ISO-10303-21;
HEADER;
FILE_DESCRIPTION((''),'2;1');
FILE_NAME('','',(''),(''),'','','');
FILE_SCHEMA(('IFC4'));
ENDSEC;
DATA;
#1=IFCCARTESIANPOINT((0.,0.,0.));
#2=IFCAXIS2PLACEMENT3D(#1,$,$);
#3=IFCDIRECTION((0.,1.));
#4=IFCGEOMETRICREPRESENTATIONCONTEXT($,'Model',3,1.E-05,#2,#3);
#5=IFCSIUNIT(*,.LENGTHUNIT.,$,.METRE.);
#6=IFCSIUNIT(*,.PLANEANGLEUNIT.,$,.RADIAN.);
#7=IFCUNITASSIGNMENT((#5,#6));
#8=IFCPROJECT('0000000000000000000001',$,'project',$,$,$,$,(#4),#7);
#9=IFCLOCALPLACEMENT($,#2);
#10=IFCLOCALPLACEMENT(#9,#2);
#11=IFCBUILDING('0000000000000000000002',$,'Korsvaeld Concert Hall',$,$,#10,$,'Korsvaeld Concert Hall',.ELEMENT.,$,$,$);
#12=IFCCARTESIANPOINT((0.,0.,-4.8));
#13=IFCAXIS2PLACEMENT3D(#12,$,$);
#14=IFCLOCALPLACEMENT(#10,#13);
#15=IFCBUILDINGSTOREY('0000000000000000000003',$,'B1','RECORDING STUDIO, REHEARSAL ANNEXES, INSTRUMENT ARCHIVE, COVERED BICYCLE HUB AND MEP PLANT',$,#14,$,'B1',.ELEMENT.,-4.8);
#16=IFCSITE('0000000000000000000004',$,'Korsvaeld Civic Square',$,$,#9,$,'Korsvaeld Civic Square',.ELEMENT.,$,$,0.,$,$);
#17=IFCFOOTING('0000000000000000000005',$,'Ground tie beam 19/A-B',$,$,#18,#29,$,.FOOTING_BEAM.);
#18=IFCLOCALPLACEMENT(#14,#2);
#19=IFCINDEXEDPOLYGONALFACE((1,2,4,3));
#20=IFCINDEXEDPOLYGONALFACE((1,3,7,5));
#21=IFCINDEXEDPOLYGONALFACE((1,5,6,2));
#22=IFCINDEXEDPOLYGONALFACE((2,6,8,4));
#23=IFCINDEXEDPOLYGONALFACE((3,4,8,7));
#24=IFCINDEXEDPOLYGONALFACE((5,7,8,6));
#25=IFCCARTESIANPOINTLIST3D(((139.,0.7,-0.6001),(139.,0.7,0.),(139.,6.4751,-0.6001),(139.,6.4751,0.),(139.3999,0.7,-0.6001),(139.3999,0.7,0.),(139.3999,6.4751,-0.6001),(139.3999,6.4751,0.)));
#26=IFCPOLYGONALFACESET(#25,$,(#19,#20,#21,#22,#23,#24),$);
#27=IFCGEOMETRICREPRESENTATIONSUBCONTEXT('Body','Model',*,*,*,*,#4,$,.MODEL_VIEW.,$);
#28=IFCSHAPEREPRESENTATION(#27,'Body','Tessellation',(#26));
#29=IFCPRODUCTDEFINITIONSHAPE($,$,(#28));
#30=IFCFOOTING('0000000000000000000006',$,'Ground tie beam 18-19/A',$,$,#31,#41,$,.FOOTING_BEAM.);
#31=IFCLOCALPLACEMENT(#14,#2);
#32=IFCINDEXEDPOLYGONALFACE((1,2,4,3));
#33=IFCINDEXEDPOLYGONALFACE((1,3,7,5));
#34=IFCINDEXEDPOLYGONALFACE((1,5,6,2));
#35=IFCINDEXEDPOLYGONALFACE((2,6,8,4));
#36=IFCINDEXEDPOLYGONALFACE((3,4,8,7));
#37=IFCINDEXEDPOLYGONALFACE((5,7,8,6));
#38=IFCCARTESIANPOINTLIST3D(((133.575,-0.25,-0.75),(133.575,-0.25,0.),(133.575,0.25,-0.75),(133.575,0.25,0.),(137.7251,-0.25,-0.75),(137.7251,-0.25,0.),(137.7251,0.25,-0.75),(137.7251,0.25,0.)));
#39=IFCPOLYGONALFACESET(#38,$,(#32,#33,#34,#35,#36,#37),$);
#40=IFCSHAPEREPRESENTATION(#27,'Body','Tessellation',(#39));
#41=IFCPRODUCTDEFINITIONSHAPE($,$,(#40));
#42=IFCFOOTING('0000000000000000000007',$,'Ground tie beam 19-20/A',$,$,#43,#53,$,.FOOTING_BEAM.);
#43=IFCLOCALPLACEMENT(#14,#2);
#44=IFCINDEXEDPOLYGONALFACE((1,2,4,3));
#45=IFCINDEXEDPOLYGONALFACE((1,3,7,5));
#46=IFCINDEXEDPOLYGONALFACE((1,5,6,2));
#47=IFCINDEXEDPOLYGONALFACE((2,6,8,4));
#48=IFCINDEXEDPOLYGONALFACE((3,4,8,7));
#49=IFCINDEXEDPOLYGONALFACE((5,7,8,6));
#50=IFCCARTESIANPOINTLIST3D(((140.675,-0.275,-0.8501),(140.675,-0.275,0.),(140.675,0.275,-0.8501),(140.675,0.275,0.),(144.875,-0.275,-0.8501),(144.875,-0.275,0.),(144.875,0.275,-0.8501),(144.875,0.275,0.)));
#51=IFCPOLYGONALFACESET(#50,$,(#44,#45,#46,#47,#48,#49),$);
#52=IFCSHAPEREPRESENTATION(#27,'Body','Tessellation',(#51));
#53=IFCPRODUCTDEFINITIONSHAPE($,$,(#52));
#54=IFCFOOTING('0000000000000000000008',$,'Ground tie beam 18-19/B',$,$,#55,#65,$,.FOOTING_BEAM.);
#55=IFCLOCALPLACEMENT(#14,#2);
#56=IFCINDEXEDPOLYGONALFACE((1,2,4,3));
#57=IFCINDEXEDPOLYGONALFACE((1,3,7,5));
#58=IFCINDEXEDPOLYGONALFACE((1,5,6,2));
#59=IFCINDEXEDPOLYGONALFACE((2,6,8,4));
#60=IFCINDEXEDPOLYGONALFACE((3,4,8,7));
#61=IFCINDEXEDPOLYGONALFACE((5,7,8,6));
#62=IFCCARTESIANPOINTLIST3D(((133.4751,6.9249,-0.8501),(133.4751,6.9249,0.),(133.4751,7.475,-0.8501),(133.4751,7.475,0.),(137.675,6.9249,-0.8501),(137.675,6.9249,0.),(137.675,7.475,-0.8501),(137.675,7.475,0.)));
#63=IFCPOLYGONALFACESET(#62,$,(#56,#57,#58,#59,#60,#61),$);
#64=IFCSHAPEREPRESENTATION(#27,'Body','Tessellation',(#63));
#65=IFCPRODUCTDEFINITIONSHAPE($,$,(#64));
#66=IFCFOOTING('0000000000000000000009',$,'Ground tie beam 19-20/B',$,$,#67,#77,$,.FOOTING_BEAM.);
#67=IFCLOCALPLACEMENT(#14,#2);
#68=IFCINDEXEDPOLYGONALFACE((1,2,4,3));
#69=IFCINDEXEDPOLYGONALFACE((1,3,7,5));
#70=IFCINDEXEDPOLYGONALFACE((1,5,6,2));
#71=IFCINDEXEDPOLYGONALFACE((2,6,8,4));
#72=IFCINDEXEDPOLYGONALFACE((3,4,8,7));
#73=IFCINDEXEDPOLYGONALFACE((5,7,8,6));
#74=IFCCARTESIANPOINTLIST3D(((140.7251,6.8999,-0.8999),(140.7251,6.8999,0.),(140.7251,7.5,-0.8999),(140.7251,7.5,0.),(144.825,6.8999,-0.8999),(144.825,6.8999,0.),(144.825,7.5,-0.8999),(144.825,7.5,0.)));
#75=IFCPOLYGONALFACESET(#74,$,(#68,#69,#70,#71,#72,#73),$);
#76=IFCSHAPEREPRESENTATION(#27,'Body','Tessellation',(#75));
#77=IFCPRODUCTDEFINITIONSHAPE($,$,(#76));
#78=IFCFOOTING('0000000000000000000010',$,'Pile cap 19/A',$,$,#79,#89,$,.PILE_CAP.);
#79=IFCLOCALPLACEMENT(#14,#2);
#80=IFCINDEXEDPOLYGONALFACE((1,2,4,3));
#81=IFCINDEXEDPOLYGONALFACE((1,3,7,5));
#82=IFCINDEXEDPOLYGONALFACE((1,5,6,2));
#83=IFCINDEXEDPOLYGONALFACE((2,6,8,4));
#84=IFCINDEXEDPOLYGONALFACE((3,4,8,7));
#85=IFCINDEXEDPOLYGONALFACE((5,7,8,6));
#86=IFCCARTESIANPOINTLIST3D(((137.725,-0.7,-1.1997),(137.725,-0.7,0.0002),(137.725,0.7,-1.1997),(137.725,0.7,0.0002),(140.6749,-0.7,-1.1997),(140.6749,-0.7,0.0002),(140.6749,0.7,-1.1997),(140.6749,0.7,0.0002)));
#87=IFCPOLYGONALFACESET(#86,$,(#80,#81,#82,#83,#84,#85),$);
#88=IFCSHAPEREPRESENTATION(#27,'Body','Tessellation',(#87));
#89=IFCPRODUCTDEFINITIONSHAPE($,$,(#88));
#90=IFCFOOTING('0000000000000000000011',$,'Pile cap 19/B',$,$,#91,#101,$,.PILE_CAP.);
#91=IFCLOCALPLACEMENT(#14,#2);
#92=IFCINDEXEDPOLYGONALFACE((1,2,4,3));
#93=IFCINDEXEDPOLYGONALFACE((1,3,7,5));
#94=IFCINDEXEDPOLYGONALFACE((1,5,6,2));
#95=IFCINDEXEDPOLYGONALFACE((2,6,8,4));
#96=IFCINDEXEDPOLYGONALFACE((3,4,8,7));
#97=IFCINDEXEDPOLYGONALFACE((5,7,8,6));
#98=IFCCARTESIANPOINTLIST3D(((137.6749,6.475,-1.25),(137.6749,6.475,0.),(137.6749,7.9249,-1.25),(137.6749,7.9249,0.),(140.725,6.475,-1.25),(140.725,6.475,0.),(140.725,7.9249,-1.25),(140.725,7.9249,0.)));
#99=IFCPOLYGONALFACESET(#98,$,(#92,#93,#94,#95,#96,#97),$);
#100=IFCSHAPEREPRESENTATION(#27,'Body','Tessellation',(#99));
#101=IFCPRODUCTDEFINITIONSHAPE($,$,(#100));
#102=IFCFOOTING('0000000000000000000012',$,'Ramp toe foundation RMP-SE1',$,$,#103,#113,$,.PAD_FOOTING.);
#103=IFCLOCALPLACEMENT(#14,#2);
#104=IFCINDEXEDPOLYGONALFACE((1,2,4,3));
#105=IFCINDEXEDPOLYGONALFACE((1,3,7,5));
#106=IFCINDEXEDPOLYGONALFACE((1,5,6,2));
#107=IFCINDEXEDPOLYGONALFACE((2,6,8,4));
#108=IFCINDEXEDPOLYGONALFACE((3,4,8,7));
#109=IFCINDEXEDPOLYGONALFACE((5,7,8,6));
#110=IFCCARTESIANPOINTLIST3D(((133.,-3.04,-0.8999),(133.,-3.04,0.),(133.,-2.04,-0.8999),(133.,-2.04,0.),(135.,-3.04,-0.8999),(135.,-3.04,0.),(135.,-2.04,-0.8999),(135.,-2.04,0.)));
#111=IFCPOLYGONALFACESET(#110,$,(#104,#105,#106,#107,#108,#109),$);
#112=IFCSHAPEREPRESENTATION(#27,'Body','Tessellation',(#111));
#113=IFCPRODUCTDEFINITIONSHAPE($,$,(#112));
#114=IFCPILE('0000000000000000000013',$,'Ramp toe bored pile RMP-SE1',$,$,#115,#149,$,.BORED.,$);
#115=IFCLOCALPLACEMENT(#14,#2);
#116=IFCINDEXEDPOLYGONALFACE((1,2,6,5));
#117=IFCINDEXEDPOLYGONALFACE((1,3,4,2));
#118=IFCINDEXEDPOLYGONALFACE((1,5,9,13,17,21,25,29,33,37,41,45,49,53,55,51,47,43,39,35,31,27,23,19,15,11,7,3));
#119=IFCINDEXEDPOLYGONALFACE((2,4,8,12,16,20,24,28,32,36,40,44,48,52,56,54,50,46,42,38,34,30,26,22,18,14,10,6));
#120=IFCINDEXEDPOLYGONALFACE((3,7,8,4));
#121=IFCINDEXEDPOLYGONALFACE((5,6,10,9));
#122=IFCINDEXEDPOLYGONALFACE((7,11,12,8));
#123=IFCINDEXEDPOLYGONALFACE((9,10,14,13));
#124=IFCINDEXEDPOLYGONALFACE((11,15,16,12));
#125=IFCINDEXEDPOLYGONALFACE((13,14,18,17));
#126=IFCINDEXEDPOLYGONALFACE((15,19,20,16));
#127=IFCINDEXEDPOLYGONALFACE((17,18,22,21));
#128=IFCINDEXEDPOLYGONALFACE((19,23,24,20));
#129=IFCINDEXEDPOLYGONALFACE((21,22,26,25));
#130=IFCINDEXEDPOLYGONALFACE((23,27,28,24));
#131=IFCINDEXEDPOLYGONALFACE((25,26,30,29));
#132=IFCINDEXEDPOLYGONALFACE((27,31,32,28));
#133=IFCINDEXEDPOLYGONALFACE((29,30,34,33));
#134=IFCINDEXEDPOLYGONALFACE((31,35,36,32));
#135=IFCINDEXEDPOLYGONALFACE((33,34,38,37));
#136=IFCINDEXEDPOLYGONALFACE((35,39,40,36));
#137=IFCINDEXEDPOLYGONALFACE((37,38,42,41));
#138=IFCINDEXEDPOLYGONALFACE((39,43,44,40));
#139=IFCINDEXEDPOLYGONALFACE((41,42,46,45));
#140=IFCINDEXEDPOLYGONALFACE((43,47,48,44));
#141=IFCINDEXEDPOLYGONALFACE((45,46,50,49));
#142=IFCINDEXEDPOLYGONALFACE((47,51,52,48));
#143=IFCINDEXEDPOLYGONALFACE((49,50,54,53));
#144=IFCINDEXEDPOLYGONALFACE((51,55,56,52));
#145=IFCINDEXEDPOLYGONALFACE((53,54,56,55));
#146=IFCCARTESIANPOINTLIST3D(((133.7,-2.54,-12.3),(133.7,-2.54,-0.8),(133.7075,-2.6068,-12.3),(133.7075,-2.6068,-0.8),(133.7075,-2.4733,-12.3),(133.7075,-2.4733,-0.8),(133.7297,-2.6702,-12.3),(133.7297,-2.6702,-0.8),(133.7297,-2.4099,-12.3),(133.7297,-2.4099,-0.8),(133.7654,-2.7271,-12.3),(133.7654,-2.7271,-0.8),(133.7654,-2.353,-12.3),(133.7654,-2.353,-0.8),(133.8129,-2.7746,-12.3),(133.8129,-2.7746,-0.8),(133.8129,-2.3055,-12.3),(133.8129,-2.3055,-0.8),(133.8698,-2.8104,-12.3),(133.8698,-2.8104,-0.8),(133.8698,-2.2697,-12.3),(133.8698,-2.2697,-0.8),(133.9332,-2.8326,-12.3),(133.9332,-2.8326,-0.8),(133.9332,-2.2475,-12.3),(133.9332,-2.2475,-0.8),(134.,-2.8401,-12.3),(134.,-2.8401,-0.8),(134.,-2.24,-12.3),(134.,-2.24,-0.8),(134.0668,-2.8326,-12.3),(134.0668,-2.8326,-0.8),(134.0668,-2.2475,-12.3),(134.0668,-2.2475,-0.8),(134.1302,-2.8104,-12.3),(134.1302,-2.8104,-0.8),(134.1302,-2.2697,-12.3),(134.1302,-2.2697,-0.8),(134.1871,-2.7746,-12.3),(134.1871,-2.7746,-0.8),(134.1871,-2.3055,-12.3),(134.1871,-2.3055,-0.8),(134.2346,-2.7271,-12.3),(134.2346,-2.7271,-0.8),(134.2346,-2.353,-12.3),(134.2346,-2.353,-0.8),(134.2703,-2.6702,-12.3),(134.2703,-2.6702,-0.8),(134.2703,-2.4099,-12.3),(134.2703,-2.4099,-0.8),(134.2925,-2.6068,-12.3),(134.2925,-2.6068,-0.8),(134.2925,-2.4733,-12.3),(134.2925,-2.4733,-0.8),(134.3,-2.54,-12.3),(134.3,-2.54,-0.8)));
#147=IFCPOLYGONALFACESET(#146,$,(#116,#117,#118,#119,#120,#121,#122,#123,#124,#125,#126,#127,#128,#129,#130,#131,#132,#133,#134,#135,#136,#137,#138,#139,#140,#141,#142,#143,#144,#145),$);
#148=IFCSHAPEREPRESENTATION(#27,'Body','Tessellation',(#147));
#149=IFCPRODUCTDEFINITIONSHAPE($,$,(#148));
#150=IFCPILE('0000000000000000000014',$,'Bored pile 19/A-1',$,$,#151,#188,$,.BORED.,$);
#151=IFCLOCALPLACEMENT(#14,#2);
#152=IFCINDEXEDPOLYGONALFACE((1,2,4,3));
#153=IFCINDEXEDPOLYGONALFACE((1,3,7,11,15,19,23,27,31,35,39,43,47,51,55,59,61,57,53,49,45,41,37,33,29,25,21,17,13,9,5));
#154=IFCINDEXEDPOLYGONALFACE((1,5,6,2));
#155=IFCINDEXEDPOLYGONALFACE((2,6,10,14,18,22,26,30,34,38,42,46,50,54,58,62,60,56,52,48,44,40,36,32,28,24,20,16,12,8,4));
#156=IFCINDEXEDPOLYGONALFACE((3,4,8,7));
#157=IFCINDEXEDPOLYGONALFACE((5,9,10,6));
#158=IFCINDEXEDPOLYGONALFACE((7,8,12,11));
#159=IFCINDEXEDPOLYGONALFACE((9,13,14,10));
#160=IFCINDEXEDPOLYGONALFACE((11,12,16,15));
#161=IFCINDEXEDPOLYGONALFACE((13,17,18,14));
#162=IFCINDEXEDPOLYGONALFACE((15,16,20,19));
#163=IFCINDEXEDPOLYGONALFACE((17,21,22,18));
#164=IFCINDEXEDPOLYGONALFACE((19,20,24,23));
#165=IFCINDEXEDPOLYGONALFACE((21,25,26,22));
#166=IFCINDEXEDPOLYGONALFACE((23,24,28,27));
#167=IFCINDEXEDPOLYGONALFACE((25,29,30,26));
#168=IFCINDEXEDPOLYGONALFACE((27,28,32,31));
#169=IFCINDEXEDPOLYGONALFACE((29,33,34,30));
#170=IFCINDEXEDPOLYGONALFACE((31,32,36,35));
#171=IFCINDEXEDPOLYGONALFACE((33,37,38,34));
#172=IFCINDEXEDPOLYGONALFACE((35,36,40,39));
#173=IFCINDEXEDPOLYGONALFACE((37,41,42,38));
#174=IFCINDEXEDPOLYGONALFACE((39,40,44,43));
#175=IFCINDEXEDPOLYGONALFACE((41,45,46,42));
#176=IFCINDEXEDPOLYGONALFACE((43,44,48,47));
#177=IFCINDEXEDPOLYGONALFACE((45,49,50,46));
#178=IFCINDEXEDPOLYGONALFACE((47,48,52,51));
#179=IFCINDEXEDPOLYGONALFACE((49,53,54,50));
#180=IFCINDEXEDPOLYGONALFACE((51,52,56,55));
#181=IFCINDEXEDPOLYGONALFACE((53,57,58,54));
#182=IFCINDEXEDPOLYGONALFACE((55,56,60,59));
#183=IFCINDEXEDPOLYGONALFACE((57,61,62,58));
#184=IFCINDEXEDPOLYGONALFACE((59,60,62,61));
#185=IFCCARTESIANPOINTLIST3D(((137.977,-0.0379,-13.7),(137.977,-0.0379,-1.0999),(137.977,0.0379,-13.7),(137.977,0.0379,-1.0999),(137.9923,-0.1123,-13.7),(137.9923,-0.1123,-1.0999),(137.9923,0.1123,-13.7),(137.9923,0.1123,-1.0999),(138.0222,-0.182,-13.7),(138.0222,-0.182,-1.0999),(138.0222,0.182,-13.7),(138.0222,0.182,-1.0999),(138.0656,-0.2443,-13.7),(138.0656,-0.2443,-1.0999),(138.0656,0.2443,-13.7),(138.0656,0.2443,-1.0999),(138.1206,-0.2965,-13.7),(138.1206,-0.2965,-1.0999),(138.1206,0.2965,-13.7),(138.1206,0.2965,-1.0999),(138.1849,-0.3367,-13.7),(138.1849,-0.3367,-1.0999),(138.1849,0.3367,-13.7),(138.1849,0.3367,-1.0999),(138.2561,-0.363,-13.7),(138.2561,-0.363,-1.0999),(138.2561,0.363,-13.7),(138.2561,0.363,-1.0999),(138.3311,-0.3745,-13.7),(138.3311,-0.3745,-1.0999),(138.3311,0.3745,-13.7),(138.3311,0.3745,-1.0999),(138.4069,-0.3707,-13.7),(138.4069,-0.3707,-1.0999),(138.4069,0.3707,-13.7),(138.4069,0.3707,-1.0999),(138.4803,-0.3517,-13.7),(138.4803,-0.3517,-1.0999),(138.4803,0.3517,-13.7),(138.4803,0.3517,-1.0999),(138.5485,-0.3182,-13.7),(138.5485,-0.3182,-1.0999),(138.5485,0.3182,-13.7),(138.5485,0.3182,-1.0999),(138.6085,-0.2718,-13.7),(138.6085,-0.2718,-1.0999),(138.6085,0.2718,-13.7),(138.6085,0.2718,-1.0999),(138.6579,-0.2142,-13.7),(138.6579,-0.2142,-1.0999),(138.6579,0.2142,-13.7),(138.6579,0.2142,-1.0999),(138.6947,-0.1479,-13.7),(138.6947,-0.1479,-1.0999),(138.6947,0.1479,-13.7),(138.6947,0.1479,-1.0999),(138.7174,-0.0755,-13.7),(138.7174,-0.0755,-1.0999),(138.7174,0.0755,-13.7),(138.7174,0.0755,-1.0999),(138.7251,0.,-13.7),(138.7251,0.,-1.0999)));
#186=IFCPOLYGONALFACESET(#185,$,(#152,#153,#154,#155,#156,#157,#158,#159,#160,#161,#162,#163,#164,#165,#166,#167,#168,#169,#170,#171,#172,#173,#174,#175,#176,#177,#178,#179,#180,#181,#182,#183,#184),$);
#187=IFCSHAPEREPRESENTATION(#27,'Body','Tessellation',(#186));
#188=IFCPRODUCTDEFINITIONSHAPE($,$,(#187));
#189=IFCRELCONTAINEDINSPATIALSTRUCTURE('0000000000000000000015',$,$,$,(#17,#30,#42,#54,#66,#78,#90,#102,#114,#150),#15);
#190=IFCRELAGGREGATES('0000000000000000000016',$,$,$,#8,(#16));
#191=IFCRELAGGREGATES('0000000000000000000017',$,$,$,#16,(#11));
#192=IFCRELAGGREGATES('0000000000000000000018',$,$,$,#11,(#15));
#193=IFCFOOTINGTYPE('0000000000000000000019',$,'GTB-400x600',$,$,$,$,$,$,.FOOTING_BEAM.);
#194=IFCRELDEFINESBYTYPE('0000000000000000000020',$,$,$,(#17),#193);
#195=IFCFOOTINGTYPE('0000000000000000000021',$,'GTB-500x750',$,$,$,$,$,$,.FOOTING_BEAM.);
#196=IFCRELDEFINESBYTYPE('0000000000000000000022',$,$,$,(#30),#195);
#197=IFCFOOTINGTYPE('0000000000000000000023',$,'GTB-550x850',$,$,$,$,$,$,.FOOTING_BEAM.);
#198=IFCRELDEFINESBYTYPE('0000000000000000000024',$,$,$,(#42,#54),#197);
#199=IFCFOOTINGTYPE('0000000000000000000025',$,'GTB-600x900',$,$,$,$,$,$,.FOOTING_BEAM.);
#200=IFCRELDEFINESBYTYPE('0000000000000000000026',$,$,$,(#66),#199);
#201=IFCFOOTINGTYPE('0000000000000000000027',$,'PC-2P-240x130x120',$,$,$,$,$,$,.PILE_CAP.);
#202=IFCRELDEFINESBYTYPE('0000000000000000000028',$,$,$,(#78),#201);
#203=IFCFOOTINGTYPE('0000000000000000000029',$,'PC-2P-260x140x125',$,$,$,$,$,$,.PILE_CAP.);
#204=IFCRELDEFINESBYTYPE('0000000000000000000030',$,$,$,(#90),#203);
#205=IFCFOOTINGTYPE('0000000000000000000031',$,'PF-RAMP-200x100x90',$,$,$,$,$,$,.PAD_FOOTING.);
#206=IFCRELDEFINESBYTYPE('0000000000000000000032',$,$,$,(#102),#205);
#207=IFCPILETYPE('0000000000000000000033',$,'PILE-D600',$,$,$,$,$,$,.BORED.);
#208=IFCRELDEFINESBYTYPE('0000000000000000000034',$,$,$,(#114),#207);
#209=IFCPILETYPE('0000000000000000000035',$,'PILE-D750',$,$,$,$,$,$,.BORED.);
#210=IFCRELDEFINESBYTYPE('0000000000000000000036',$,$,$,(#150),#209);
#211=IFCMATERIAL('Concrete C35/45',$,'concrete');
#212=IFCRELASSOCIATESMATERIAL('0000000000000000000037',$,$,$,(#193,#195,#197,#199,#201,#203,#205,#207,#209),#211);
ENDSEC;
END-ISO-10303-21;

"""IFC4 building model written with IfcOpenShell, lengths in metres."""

from ifc_helpers import new_model, si_unit, direction, frame, origin, origin_2d, place, context, subcontext, project, spatial, rectangle, circle, extrude, material, material_profile, profile_set, type_object, element, save


model = new_model("IFC4")

# Units and contexts
model_context = context("Model", 3, precision=1e-05, world=origin(), true_north=direction((0.0, 1.0)))
body_context = subcontext(model_context, "Body", "Model", "MODEL_VIEW")
ifc_project = project(units=[si_unit("LENGTHUNIT", "METRE"), si_unit("PLANEANGLEUNIT", "RADIAN")], contexts=[model_context])

# Site, building, storey
site_placement = place(None, origin())
site = spatial("IfcSite", under=ifc_project, at=site_placement, Name="Korsvaeld Civic Square", LongName="Korsvaeld Civic Square", CompositionType="ELEMENT", RefElevation=0.0)
building_placement = place(site_placement, origin())
building = spatial("IfcBuilding", under=site, at=building_placement, Name="Korsvaeld Concert Hall", LongName="Korsvaeld Concert Hall", CompositionType="ELEMENT")
storey_placement = place(building_placement, frame((0.0, 0.0, -4.8)))
storey = spatial("IfcBuildingStorey", under=building, at=storey_placement, Name="B1", Description="RECORDING STUDIO, REHEARSAL ANNEXES, INSTRUMENT ARCHIVE, COVERED BICYCLE HUB AND MEP PLANT", LongName="B1", CompositionType="ELEMENT", Elevation=-4.8)

# Footings
ifc_material_1 = material(Name="Concrete C35/45", Category="concrete")
ifc_material_profile_1 = material_profile(ifc_material_1, rectangle(XDim=0.3999, YDim=0.6001, at=origin_2d()), Name="GTB 400x600")
ifc_profile_set_1 = profile_set([ifc_material_profile_1], Name="Concrete C35/45")
footing_type_1 = type_object("IfcFootingType", Name="GTB-400x600", PredefinedType="FOOTING_BEAM", material=ifc_profile_set_1)
footing_1_placement = place(storey_placement, frame((139.2, 0.7, -0.3), z_axis=(0.0, 1.0, 0.0), x_axis=(-1.0, 0.0, 0.0)))
element("IfcFooting", 1, at=footing_1_placement, inside=storey, type_object=footing_type_1, Name="Ground tie beam 19/A-B", PredefinedType="FOOTING_BEAM", context=body_context, shape_type="SweptSolid", body=[
    extrude(rectangle(XDim=0.3999, YDim=0.6001, at=origin_2d()), origin(), (0.0, 0.0, 1.0), 5.7751),
])
ifc_material_profile_2 = material_profile(ifc_material_1, rectangle(XDim=0.5, YDim=0.75, at=origin_2d()), Name="GTB 500x750")
ifc_profile_set_2 = profile_set([ifc_material_profile_2], Name="Concrete C35/45")
footing_type_2 = type_object("IfcFootingType", Name="GTB-500x750", PredefinedType="FOOTING_BEAM", material=ifc_profile_set_2)
footing_2_placement = place(storey_placement, frame((133.575, 0.0, -0.375), z_axis=(1.0, 0.0, 0.0), x_axis=(0.0, 1.0, 0.0)))
element("IfcFooting", 2, at=footing_2_placement, inside=storey, type_object=footing_type_2, Name="Ground tie beam 18-19/A", PredefinedType="FOOTING_BEAM", context=body_context, shape_type="SweptSolid", body=[
    extrude(rectangle(XDim=0.5, YDim=0.75, at=origin_2d()), origin(), (0.0, 0.0, 1.0), 4.1501),
])
ifc_material_profile_3 = material_profile(ifc_material_1, rectangle(XDim=0.55, YDim=0.8501, at=origin_2d()), Name="GTB 550x850")
ifc_profile_set_3 = profile_set([ifc_material_profile_3], Name="Concrete C35/45")
footing_type_3 = type_object("IfcFootingType", Name="GTB-550x850", PredefinedType="FOOTING_BEAM", material=ifc_profile_set_3)
for number, where, z_axis, x_axis, name in (
    (3, (140.675, 0.0, -0.425), (1.0, 0.0, 0.0), (0.0, 1.0, 0.0), "Ground tie beam 19-20/A"),
    (4, (133.4751, 7.2, -0.425), (1.0, 0.0, 0.0), (0.0, 1.0, 0.0), "Ground tie beam 18-19/B"),
):
    element("IfcFooting", number, at=place(storey_placement, frame(where, z_axis=z_axis, x_axis=x_axis)), inside=storey, type_object=footing_type_3, Name=name, PredefinedType="FOOTING_BEAM", context=body_context, shape_type="SweptSolid", body=[
        extrude(rectangle(XDim=0.55, YDim=0.8501, at=origin_2d()), origin(), (0.0, 0.0, 1.0), 4.2),
    ])
ifc_material_profile_4 = material_profile(ifc_material_1, rectangle(XDim=0.6001, YDim=0.8999, at=origin_2d()), Name="GTB 600x900")
ifc_profile_set_4 = profile_set([ifc_material_profile_4], Name="Concrete C35/45")
footing_type_4 = type_object("IfcFootingType", Name="GTB-600x900", PredefinedType="FOOTING_BEAM", material=ifc_profile_set_4)
footing_3_placement = place(storey_placement, frame((140.7251, 7.2, -0.45), z_axis=(1.0, 0.0, 0.0), x_axis=(0.0, 1.0, 0.0)))
element("IfcFooting", 5, at=footing_3_placement, inside=storey, type_object=footing_type_4, Name="Ground tie beam 19-20/B", PredefinedType="FOOTING_BEAM", context=body_context, shape_type="SweptSolid", body=[
    extrude(rectangle(XDim=0.6001, YDim=0.8999, at=origin_2d()), origin(), (0.0, 0.0, 1.0), 4.0999),
])
footing_type_5 = type_object("IfcFootingType", Name="PC-2P-240x130x120", PredefinedType="PILE_CAP", material=ifc_material_1)
footing_4_placement = place(storey_placement, frame((139.2, 0.0, -1.1997), z_axis=(0.0, 0.0, 1.0), x_axis=(1.0, 0.0, 0.0)))
element("IfcFooting", 6, at=footing_4_placement, inside=storey, type_object=footing_type_5, Name="Pile cap 19/A", PredefinedType="PILE_CAP", context=body_context, shape_type="SweptSolid", body=[
    extrude(rectangle(XDim=2.95, YDim=1.3999, at=origin_2d()), origin(), (0.0, 0.0, 1.0), 1.2),
])
footing_type_6 = type_object("IfcFootingType", Name="PC-2P-260x140x125", PredefinedType="PILE_CAP", material=ifc_material_1)
footing_5_placement = place(storey_placement, frame((139.2, 7.2, -1.25), z_axis=(0.0, 0.0, 1.0), x_axis=(1.0, 0.0, 0.0)))
element("IfcFooting", 7, at=footing_5_placement, inside=storey, type_object=footing_type_6, Name="Pile cap 19/B", PredefinedType="PILE_CAP", context=body_context, shape_type="SweptSolid", body=[
    extrude(rectangle(XDim=3.05, YDim=1.45, at=origin_2d()), origin(), (0.0, 0.0, 1.0), 1.25),
])
footing_type_7 = type_object("IfcFootingType", Name="PF-RAMP-200x100x90", PredefinedType="PAD_FOOTING", material=ifc_material_1)
footing_6_placement = place(storey_placement, frame((134.0, -2.54, -0.8999), z_axis=(0.0, 0.0, 1.0), x_axis=(1.0, 0.0, 0.0)))
element("IfcFooting", 8, at=footing_6_placement, inside=storey, type_object=footing_type_7, Name="Ramp toe foundation RMP-SE1", PredefinedType="PAD_FOOTING", context=body_context, shape_type="SweptSolid", body=[
    extrude(rectangle(XDim=2.0, YDim=1.0, at=origin_2d()), origin(), (0.0, 0.0, 1.0), 0.8999),
])

# Piles
ifc_material_profile_5 = material_profile(ifc_material_1, circle(Radius=0.3, at=origin_2d()), Name="BORED PILE D600")
ifc_profile_set_5 = profile_set([ifc_material_profile_5], Name="Concrete C35/45")
pile_type_1 = type_object("IfcPileType", Name="PILE-D600", PredefinedType="BORED", material=ifc_profile_set_5)
pile_placement = place(storey_placement, frame((134.0, -2.54, -0.8), z_axis=(0.0, 0.0, -1.0), x_axis=(1.0, 0.0, 0.0)))
element("IfcPile", 9, at=pile_placement, inside=storey, type_object=pile_type_1, Name="Ramp toe bored pile RMP-SE1", PredefinedType="BORED", context=body_context, shape_type="SweptSolid", body=[
    extrude(circle(Radius=0.3, at=origin_2d()), origin(), (0.0, 0.0, 1.0), 11.5),
])
ifc_material_profile_6 = material_profile(ifc_material_1, circle(Radius=0.375, at=origin_2d()), Name="BORED PILE D750")
ifc_profile_set_6 = profile_set([ifc_material_profile_6], Name="Concrete C35/45")
pile_type_2 = type_object("IfcPileType", Name="PILE-D750", PredefinedType="BORED", material=ifc_profile_set_6)
for number, where, z_axis, x_axis, name in (
    (10, (138.3501, 0.0, -1.0999), (0.0, 0.0, -1.0), (1.0, 0.0, 0.0), "Bored pile 19/A-1"),
):
    element("IfcPile", number, at=place(storey_placement, frame(where, z_axis=z_axis, x_axis=x_axis)), inside=storey, type_object=pile_type_2, Name=name, PredefinedType="BORED", context=body_context, shape_type="SweptSolid", body=[
        extrude(circle(Radius=0.375, at=origin_2d()), origin(), (0.0, 0.0, 1.0), 12.6001),
    ])

save(model, "model.ifc")
